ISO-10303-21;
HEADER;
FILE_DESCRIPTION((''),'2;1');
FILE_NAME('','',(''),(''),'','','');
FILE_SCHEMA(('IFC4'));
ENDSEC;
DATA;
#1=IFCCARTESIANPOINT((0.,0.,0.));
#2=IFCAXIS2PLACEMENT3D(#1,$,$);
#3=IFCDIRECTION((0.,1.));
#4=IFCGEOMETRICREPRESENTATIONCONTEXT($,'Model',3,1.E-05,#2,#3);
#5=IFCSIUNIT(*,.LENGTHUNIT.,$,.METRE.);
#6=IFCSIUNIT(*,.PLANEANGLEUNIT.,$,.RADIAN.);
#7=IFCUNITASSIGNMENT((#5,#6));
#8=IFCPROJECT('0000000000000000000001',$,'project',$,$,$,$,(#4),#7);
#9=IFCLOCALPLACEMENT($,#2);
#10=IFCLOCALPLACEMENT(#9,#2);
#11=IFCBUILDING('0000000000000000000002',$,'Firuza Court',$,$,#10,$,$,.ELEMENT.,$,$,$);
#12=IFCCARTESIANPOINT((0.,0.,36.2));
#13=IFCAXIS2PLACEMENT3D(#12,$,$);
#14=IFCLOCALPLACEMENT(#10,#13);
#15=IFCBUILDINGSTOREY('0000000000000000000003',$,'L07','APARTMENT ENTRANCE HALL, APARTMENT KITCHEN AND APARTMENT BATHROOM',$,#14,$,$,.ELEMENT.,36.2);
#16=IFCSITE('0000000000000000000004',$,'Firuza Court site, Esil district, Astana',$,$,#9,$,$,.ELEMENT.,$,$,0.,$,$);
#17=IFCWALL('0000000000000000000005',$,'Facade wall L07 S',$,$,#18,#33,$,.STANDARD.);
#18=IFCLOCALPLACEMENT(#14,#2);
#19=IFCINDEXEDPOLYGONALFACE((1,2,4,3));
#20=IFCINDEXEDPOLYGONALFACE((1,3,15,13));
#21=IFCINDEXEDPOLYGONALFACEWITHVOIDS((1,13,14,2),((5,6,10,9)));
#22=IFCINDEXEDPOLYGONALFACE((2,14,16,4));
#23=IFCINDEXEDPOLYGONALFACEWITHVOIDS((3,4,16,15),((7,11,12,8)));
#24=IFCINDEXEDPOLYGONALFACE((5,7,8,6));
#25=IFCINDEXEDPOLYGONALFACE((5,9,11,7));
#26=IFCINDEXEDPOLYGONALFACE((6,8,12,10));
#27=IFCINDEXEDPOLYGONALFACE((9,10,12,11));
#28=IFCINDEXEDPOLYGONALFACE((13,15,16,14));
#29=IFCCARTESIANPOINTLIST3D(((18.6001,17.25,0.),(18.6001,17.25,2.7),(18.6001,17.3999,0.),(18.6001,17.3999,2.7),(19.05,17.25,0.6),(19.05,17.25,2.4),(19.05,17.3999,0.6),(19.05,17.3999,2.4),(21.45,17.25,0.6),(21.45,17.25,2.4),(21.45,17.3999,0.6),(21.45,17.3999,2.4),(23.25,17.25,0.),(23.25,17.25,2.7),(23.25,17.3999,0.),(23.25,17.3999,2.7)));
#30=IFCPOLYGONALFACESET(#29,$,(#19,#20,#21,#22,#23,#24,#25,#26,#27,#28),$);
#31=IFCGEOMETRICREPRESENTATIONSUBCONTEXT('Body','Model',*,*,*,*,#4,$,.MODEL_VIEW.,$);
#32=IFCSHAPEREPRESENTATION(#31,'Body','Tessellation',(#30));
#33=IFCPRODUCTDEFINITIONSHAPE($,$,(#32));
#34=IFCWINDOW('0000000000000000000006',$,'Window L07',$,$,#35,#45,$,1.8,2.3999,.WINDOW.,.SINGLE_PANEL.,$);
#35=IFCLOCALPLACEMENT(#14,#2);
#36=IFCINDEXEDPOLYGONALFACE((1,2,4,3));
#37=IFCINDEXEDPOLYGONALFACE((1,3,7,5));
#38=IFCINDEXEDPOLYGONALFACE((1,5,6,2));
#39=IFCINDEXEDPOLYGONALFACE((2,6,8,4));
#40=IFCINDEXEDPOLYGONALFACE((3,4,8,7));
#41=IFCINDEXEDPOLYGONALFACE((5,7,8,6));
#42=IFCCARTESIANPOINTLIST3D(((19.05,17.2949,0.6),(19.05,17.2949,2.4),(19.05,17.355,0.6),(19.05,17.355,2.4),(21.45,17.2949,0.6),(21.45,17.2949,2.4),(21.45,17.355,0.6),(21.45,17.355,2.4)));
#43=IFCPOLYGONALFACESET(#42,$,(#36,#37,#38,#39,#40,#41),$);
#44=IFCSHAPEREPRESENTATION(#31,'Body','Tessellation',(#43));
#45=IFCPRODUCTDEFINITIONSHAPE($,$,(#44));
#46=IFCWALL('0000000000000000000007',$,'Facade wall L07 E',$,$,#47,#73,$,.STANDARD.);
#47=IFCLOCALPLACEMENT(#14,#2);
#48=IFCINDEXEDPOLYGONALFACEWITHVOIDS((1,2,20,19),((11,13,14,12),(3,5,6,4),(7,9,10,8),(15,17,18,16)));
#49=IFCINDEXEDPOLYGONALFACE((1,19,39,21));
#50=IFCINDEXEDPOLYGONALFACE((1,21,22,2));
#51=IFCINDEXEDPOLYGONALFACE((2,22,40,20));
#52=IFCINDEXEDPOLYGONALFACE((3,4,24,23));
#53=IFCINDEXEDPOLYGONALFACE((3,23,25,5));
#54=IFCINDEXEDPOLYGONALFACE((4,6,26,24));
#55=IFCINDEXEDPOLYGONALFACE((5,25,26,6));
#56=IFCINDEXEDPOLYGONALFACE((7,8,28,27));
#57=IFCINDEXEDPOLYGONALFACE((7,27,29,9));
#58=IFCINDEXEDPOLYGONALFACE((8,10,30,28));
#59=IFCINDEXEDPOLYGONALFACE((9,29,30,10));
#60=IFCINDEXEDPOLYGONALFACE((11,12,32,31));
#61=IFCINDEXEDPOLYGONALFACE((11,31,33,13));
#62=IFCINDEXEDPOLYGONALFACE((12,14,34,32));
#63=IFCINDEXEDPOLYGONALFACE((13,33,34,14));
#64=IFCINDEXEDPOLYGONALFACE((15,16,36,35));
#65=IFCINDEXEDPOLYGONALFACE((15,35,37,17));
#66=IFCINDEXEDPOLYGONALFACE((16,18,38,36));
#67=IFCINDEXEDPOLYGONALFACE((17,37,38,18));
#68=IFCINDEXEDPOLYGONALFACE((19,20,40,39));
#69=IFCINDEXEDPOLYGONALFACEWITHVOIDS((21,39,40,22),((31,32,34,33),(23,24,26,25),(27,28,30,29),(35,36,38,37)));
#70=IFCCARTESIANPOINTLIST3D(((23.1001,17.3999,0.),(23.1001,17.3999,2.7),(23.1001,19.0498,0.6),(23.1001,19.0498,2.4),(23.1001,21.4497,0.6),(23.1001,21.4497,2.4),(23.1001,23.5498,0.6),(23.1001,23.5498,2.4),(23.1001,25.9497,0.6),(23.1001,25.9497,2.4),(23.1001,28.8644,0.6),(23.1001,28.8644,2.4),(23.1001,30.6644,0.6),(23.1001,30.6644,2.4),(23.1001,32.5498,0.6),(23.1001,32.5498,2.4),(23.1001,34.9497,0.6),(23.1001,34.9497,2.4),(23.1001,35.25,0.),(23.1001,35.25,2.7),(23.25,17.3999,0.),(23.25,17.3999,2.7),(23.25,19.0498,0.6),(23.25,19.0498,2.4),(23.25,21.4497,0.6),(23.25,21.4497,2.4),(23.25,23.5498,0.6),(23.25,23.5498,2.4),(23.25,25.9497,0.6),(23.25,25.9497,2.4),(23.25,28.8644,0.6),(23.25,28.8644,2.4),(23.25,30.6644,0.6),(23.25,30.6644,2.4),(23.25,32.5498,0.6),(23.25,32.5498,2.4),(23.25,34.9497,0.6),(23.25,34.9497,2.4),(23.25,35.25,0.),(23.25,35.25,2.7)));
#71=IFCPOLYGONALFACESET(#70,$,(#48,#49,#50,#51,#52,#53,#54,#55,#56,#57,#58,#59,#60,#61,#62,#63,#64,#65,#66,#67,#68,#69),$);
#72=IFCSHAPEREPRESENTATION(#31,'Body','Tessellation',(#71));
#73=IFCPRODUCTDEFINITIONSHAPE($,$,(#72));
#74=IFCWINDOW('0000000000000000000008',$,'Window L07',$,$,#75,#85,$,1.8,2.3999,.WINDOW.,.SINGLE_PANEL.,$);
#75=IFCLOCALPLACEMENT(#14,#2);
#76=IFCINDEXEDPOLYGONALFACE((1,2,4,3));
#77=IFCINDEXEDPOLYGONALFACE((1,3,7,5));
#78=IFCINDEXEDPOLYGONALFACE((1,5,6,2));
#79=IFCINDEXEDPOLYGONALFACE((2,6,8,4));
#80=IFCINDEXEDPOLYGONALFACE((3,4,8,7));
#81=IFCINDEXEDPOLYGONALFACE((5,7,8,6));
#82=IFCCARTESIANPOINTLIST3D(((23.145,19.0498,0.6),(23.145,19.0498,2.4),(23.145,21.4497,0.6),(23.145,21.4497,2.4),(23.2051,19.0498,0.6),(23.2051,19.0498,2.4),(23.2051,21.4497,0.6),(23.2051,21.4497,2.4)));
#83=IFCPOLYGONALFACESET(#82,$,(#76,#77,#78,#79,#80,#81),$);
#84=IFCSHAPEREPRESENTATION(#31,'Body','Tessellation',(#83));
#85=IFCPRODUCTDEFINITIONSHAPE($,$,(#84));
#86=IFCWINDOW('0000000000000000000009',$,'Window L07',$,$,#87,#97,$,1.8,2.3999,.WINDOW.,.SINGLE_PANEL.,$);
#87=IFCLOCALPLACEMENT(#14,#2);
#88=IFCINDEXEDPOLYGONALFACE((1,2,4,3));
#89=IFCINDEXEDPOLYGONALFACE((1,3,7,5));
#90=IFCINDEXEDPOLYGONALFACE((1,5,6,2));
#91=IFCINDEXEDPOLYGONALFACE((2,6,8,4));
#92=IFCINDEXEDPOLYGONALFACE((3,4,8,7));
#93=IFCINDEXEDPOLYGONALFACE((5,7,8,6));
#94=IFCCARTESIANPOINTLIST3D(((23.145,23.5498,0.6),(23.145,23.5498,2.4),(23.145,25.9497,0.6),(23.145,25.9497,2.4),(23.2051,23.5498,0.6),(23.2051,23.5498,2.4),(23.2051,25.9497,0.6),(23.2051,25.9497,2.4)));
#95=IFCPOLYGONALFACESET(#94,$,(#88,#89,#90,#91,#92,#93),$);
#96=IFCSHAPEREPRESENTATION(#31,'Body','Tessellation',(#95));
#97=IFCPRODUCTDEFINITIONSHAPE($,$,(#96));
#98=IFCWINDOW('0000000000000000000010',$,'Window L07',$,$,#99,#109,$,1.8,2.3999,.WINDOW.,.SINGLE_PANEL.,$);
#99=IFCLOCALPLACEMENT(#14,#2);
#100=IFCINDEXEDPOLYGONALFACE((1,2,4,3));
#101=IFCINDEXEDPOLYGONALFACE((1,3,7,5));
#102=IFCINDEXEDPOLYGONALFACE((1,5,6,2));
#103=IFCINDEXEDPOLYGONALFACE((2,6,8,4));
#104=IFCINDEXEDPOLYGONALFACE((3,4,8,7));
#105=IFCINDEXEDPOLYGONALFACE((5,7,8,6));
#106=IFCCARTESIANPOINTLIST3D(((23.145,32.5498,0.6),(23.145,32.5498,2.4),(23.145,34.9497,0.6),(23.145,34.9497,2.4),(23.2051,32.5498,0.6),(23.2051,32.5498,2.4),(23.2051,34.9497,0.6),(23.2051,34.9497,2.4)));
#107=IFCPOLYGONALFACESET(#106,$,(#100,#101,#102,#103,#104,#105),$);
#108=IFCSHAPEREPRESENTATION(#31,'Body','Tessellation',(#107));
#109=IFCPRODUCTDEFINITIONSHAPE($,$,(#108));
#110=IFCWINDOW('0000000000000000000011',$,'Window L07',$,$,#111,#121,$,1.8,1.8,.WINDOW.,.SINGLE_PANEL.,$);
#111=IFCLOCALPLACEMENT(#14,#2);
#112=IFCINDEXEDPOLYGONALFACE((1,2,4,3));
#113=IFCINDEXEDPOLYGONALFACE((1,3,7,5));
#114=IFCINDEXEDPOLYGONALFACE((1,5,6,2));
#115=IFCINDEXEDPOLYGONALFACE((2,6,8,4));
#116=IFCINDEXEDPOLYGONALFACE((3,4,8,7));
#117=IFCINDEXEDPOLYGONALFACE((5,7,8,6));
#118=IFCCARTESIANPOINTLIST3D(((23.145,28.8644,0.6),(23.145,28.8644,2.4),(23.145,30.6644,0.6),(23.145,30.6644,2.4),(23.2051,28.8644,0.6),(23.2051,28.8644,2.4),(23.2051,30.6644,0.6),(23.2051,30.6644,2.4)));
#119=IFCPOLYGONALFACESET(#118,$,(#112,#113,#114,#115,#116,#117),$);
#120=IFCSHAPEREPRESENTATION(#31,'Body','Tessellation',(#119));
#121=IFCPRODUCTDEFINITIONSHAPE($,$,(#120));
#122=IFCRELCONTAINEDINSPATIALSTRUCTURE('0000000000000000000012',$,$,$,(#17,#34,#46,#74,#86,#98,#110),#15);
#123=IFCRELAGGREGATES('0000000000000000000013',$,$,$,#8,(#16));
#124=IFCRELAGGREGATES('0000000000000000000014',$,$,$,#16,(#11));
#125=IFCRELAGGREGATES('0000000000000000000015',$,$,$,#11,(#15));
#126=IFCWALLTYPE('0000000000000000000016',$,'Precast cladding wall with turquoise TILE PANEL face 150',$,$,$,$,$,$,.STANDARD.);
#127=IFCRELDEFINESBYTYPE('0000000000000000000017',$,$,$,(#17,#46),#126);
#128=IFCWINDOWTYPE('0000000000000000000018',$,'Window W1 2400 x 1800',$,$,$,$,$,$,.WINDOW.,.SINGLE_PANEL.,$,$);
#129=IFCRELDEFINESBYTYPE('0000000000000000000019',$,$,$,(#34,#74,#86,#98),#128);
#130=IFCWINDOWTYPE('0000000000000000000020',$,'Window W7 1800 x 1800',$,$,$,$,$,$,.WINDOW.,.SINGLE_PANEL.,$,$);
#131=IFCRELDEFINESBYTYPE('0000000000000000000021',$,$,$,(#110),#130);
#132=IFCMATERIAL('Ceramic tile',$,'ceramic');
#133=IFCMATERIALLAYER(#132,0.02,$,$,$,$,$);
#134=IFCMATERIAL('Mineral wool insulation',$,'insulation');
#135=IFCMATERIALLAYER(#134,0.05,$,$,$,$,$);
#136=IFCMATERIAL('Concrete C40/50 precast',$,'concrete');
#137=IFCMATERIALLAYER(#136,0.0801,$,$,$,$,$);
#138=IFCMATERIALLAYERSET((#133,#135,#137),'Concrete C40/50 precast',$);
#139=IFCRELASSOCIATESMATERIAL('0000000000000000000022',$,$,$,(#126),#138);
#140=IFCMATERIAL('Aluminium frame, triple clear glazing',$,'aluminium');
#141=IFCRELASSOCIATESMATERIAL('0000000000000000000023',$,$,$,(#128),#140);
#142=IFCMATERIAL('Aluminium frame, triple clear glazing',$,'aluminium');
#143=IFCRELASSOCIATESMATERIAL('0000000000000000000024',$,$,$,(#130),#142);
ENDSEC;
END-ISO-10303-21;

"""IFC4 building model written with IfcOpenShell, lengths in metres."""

from ifc_helpers import new_model, si_unit, direction, frame, frame_2d, origin, place, context, subcontext, project, spatial, rectangle, extrude, material, layer, layer_set, type_object, element, fill, save


model = new_model("IFC4")

# Units and contexts
model_context = context("Model", 3, precision=1e-05, world=origin(), true_north=direction((0.0, 1.0)))
body_context = subcontext(model_context, "Body", "Model", "MODEL_VIEW")
ifc_project = project(units=[si_unit("LENGTHUNIT", "METRE"), si_unit("PLANEANGLEUNIT", "RADIAN")], contexts=[model_context])

# Site, building, storey
site_placement = place(None, origin())
site = spatial("IfcSite", under=ifc_project, at=site_placement, Name="Firuza Court site, Esil district, Astana", CompositionType="ELEMENT", RefElevation=0.0)
building_placement = place(site_placement, origin())
building = spatial("IfcBuilding", under=site, at=building_placement, Name="Firuza Court", CompositionType="ELEMENT")
storey_placement = place(building_placement, frame((0.0, 0.0, 36.2)))
storey = spatial("IfcBuildingStorey", under=building, at=storey_placement, Name="L07", Description="APARTMENT ENTRANCE HALL, APARTMENT KITCHEN AND APARTMENT BATHROOM", CompositionType="ELEMENT", Elevation=36.2)

# Shared definitions
ifc_material_1 = material(Name="Ceramic tile", Category="ceramic")
ifc_layer_1 = layer(ifc_material_1, 0.02)
ifc_material_2 = material(Name="Mineral wool insulation", Category="insulation")
ifc_layer_2 = layer(ifc_material_2, 0.05)
ifc_material_3 = material(Name="Concrete C40/50 precast", Category="concrete")
ifc_layer_3 = layer(ifc_material_3, 0.0801)
ifc_layer_set_1 = layer_set([ifc_layer_1, ifc_layer_2, ifc_layer_3], Name="Concrete C40/50 precast")
wall_type_1 = type_object("IfcWallType", Name="Precast cladding wall with turquoise TILE PANEL face 150", PredefinedType="STANDARD", material=ifc_layer_set_1)
ifc_material_4 = material(Name="Aluminium frame, triple clear glazing", Category="aluminium")
window_type_1 = type_object("IfcWindowType", Name="Window W1 2400 x 1800", PartitioningType="SINGLE_PANEL", PredefinedType="WINDOW", material=ifc_material_4)

# Wall, opening, window
wall_1_placement = place(storey_placement, frame((18.6001, 17.325, 0.0), z_axis=(0.0, 0.0, 1.0), x_axis=(1.0, 0.0, 0.0)))
wall_1 = element("IfcWall", 1, at=wall_1_placement, inside=storey, type_object=wall_type_1, Name="Facade wall L07 S", PredefinedType="STANDARD", context=body_context, shape_type="SweptSolid", body=[
    extrude(rectangle(XDim=4.6499, YDim=0.1499, at=frame_2d((2.325, 0.0))), origin(), (0.0, 0.0, 1.0), 2.7),
])
opening_1_placement = place(wall_1_placement, frame((0.45, 0.0, 0.6001)))
opening_1 = element("IfcOpeningElement", 2, at=opening_1_placement, cuts=wall_1, PredefinedType="OPENING", context=body_context, shape_type="SweptSolid", body=[
    extrude(rectangle(XDim=2.3999, YDim=1.8, at=frame_2d((1.2, 0.8999))), frame((0.0, 0.0869, 0.0), z_axis=(0.0, -1.0, 0.0), x_axis=(1.0, 0.0, 0.0)), (0.0, 0.0, 1.0), 0.1738),
])
window_1_placement = place(opening_1_placement, origin())
window_1 = element("IfcWindow", 3, at=window_1_placement, inside=storey, type_object=window_type_1, Name="Window L07", OverallHeight=1.8, OverallWidth=2.3999, PartitioningType="SINGLE_PANEL", PredefinedType="WINDOW", context=body_context, shape_type="SweptSolid", body=[
    extrude(rectangle(XDim=2.3999, YDim=1.8, at=frame_2d((1.2, 0.8999))), frame((0.0, 0.03, 0.0), z_axis=(0.0, -1.0, 0.0), x_axis=(1.0, 0.0, 0.0)), (0.0, 0.0, 1.0), 0.0601),
])
fill(opening_1, window_1)

# Wall, openings, windows
wall_2_placement = place(storey_placement, frame((23.175, 17.3999, 0.0), z_axis=(0.0, 0.0, 1.0), x_axis=(0.0, 1.0, 0.0)))
wall_2 = element("IfcWall", 4, at=wall_2_placement, inside=storey, type_object=wall_type_1, Name="Facade wall L07 E", PredefinedType="STANDARD", context=body_context, shape_type="SweptSolid", body=[
    extrude(rectangle(XDim=17.8501, YDim=0.1499, at=frame_2d((8.925, 0.0))), origin(), (0.0, 0.0, 1.0), 2.7),
])
opening_2_placement = place(wall_2_placement, frame((1.6499, 0.0, 0.6001)))
opening_2 = element("IfcOpeningElement", 5, at=opening_2_placement, cuts=wall_2, PredefinedType="OPENING", context=body_context, shape_type="SweptSolid", body=[
    extrude(rectangle(XDim=2.3999, YDim=1.8, at=frame_2d((1.2, 0.8999))), frame((0.0, 0.0869, 0.0), z_axis=(0.0, -1.0, 0.0), x_axis=(1.0, 0.0, 0.0)), (0.0, 0.0, 1.0), 0.1738),
])
opening_3_placement = place(wall_2_placement, frame((6.1499, 0.0, 0.6001)))
opening_3 = element("IfcOpeningElement", 6, at=opening_3_placement, cuts=wall_2, PredefinedType="OPENING", context=body_context, shape_type="SweptSolid", body=[
    extrude(rectangle(XDim=2.3999, YDim=1.8, at=frame_2d((1.2, 0.8999))), frame((0.0, 0.0869, 0.0), z_axis=(0.0, -1.0, 0.0), x_axis=(1.0, 0.0, 0.0)), (0.0, 0.0, 1.0), 0.1738),
])
opening_4_placement = place(wall_2_placement, frame((11.4646, 0.0, 0.6001)))
opening_4 = element("IfcOpeningElement", 7, at=opening_4_placement, cuts=wall_2, PredefinedType="OPENING", context=body_context, shape_type="SweptSolid", body=[
    extrude(rectangle(XDim=1.8, YDim=1.8, at=frame_2d((0.8999, 0.8999))), frame((0.0, 0.0869, 0.0), z_axis=(0.0, -1.0, 0.0), x_axis=(1.0, 0.0, 0.0)), (0.0, 0.0, 1.0), 0.1738),
])
opening_5_placement = place(wall_2_placement, frame((15.1499, 0.0, 0.6001)))
opening_5 = element("IfcOpeningElement", 8, at=opening_5_placement, cuts=wall_2, PredefinedType="OPENING", context=body_context, shape_type="SweptSolid", body=[
    extrude(rectangle(XDim=2.3999, YDim=1.8, at=frame_2d((1.2, 0.8999))), frame((0.0, 0.0869, 0.0), z_axis=(0.0, -1.0, 0.0), x_axis=(1.0, 0.0, 0.0)), (0.0, 0.0, 1.0), 0.1738),
])
window_2_placement = place(opening_2_placement, origin())
window_2 = element("IfcWindow", 9, at=window_2_placement, inside=storey, type_object=window_type_1, Name="Window L07", OverallHeight=1.8, OverallWidth=2.3999, PartitioningType="SINGLE_PANEL", PredefinedType="WINDOW", context=body_context, shape_type="SweptSolid", body=[
    extrude(rectangle(XDim=2.3999, YDim=1.8, at=frame_2d((1.2, 0.8999))), frame((0.0, 0.03, 0.0), z_axis=(0.0, -1.0, 0.0), x_axis=(1.0, 0.0, 0.0)), (0.0, 0.0, 1.0), 0.0601),
])
fill(opening_2, window_2)
window_3_placement = place(opening_3_placement, origin())
window_3 = element("IfcWindow", 10, at=window_3_placement, inside=storey, type_object=window_type_1, Name="Window L07", OverallHeight=1.8, OverallWidth=2.3999, PartitioningType="SINGLE_PANEL", PredefinedType="WINDOW", context=body_context, shape_type="SweptSolid", body=[
    extrude(rectangle(XDim=2.3999, YDim=1.8, at=frame_2d((1.2, 0.8999))), frame((0.0, 0.03, 0.0), z_axis=(0.0, -1.0, 0.0), x_axis=(1.0, 0.0, 0.0)), (0.0, 0.0, 1.0), 0.0601),
])
fill(opening_3, window_3)
window_4_placement = place(opening_5_placement, origin())
window_4 = element("IfcWindow", 11, at=window_4_placement, inside=storey, type_object=window_type_1, Name="Window L07", OverallHeight=1.8, OverallWidth=2.3999, PartitioningType="SINGLE_PANEL", PredefinedType="WINDOW", context=body_context, shape_type="SweptSolid", body=[
    extrude(rectangle(XDim=2.3999, YDim=1.8, at=frame_2d((1.2, 0.8999))), frame((0.0, 0.03, 0.0), z_axis=(0.0, -1.0, 0.0), x_axis=(1.0, 0.0, 0.0)), (0.0, 0.0, 1.0), 0.0601),
])
fill(opening_5, window_4)
ifc_material_5 = material(Name="Aluminium frame, triple clear glazing", Category="aluminium")
window_type_2 = type_object("IfcWindowType", Name="Window W7 1800 x 1800", PartitioningType="SINGLE_PANEL", PredefinedType="WINDOW", material=ifc_material_5)
window_5_placement = place(opening_4_placement, origin())
window_5 = element("IfcWindow", 12, at=window_5_placement, inside=storey, type_object=window_type_2, Name="Window L07", OverallHeight=1.8, OverallWidth=1.8, PartitioningType="SINGLE_PANEL", PredefinedType="WINDOW", context=body_context, shape_type="SweptSolid", body=[
    extrude(rectangle(XDim=1.8, YDim=1.8, at=frame_2d((0.8999, 0.8999))), frame((0.0, 0.03, 0.0), z_axis=(0.0, -1.0, 0.0), x_axis=(1.0, 0.0, 0.0)), (0.0, 0.0, 1.0), 0.0601),
])
fill(opening_4, window_5)

save(model, "model.ifc")
